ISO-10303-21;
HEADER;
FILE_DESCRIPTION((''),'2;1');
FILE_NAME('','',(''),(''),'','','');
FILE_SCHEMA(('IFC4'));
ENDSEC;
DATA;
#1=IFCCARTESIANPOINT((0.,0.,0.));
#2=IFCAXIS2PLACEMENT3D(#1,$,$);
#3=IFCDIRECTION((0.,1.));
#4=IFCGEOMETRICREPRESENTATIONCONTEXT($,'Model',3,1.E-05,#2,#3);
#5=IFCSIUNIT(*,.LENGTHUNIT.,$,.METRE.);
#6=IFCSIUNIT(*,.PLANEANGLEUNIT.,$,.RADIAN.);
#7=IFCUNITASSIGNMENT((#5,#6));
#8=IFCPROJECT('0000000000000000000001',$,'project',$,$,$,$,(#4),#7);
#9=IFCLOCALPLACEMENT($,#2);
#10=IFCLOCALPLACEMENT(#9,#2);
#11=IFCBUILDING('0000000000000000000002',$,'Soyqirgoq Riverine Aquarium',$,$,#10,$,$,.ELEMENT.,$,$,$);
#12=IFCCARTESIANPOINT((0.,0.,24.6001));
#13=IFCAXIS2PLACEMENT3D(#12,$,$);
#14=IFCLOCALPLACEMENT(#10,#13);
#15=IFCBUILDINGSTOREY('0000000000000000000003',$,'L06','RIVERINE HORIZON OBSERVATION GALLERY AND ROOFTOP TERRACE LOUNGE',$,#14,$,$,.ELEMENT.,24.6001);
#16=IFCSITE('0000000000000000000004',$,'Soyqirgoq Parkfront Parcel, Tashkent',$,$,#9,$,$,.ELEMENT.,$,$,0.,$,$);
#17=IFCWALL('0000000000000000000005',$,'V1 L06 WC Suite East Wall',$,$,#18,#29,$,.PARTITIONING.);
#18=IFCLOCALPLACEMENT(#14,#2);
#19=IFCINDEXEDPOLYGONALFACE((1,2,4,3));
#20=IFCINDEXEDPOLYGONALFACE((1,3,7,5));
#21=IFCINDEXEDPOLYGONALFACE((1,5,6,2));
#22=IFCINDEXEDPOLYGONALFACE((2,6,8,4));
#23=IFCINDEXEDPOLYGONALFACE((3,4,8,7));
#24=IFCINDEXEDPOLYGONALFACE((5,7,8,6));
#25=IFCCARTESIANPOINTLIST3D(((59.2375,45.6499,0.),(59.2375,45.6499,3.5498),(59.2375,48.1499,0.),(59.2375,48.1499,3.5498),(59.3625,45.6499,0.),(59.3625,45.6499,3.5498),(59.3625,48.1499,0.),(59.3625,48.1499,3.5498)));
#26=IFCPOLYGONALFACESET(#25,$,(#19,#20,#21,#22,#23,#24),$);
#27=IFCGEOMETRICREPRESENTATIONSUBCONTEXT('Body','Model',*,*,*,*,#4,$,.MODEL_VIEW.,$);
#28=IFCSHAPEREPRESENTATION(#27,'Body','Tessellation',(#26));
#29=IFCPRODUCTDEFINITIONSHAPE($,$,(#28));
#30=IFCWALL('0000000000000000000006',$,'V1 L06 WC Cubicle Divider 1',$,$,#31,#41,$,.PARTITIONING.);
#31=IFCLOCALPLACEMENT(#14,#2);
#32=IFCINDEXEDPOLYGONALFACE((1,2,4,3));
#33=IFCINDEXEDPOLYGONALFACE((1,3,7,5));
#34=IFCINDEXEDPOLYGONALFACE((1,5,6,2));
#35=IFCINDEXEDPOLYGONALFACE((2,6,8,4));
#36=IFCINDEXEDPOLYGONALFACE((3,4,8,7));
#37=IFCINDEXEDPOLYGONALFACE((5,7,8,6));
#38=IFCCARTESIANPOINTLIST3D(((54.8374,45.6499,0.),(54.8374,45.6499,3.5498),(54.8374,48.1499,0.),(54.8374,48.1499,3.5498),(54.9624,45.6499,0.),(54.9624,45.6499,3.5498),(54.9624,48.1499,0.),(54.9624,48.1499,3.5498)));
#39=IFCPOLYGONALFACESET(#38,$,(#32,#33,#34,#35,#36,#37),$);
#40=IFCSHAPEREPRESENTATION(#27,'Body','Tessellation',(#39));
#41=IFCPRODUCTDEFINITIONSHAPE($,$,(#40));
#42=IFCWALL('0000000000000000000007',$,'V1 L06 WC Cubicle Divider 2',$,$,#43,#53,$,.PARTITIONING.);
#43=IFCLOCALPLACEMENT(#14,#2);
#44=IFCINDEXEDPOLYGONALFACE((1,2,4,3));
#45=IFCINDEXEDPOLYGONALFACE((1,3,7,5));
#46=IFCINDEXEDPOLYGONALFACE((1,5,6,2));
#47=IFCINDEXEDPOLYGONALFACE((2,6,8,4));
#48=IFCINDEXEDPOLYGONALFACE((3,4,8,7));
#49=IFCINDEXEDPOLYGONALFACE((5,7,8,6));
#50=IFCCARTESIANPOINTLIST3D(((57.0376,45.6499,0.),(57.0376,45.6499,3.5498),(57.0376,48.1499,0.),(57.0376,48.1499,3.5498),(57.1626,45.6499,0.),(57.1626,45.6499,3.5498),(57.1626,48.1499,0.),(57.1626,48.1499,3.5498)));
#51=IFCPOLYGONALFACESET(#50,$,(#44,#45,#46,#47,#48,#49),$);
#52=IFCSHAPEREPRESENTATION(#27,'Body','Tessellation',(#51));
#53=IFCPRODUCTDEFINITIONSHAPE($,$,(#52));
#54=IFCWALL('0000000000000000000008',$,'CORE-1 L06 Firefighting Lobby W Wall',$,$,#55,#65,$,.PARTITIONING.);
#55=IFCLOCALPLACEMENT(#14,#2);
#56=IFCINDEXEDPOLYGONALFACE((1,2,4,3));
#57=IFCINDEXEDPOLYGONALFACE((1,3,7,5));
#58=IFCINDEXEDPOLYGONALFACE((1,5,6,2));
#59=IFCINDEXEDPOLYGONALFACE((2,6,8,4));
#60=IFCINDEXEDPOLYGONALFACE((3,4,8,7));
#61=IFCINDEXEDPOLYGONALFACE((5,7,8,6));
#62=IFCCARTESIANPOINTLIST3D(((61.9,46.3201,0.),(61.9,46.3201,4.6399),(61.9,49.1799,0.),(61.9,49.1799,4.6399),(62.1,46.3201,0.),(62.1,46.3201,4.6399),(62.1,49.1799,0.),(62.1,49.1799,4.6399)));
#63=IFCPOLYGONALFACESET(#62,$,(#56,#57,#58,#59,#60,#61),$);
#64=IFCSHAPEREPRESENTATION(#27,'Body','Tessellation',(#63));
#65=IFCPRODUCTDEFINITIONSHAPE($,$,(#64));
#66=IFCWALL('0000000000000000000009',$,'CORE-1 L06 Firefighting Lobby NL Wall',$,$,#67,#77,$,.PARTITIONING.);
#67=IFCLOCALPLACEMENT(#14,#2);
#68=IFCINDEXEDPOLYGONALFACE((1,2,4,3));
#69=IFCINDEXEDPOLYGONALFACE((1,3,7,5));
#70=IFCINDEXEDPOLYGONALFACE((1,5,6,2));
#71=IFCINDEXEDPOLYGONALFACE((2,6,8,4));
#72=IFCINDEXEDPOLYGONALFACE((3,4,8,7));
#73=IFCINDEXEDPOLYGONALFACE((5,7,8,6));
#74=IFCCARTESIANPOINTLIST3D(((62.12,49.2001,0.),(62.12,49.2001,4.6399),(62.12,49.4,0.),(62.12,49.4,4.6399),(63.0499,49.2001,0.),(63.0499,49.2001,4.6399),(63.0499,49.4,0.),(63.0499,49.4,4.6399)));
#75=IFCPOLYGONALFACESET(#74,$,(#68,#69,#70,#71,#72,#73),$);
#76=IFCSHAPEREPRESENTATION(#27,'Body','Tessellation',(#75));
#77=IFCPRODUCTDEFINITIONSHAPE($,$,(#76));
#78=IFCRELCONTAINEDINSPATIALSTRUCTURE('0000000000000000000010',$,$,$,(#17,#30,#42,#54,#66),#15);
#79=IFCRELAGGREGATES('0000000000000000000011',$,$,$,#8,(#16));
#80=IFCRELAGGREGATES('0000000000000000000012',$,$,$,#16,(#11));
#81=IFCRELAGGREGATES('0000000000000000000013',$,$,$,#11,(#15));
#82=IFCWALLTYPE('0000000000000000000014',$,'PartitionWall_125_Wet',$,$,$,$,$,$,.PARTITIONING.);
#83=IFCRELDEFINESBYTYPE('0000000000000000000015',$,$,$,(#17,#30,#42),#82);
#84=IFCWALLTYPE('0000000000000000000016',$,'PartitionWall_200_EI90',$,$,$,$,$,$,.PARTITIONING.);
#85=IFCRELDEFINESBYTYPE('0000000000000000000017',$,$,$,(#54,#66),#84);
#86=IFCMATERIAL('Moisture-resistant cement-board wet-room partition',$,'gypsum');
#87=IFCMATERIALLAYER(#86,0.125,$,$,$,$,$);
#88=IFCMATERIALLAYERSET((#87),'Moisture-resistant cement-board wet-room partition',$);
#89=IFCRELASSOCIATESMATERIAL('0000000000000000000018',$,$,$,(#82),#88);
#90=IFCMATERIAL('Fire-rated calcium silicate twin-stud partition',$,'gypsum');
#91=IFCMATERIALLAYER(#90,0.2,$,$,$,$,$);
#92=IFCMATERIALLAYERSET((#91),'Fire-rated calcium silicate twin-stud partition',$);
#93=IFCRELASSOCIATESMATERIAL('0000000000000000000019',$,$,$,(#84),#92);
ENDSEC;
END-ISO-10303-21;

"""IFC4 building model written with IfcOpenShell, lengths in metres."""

from ifc_helpers import new_model, si_unit, direction, frame, frame_2d, origin, place, context, subcontext, project, spatial, rectangle, extrude, material, layer, layer_set, type_object, element, save


model = new_model("IFC4")

# Units and contexts
model_context = context("Model", 3, precision=1e-05, world=origin(), true_north=direction((0.0, 1.0)))
body_context = subcontext(model_context, "Body", "Model", "MODEL_VIEW")
ifc_project = project(units=[si_unit("LENGTHUNIT", "METRE"), si_unit("PLANEANGLEUNIT", "RADIAN")], contexts=[model_context])

# Site, building, storey
site_placement = place(None, origin())
site = spatial("IfcSite", under=ifc_project, at=site_placement, Name="Soyqirgoq Parkfront Parcel, Tashkent", CompositionType="ELEMENT", RefElevation=0.0)
building_placement = place(site_placement, origin())
building = spatial("IfcBuilding", under=site, at=building_placement, Name="Soyqirgoq Riverine Aquarium", CompositionType="ELEMENT")
storey_placement = place(building_placement, frame((0.0, 0.0, 24.6001)))
storey = spatial("IfcBuildingStorey", under=building, at=storey_placement, Name="L06", Description="RIVERINE HORIZON OBSERVATION GALLERY AND ROOFTOP TERRACE LOUNGE", CompositionType="ELEMENT", Elevation=24.6001)

# Walls
ifc_material_1 = material(Name="Moisture-resistant cement-board wet-room partition", Category="gypsum")
ifc_layer_1 = layer(ifc_material_1, 0.125)
ifc_layer_set_1 = layer_set([ifc_layer_1], Name="Moisture-resistant cement-board wet-room partition")
wall_type_1 = type_object("IfcWallType", Name="PartitionWall_125_Wet", PredefinedType="PARTITIONING", material=ifc_layer_set_1)
for number, where, z_axis, x_axis, name in (
    (1, (59.3, 45.6499, 0.0), (0.0, 0.0, 1.0), (0.0, 1.0, 0.0), "V1 L06 WC Suite East Wall"),
    (2, (54.8999, 45.6499, 0.0), (0.0, 0.0, 1.0), (0.0, 1.0, 0.0), "V1 L06 WC Cubicle Divider 1"),
    (3, (57.1001, 45.6499, 0.0), (0.0, 0.0, 1.0), (0.0, 1.0, 0.0), "V1 L06 WC Cubicle Divider 2"),
):
    element("IfcWall", number, at=place(storey_placement, frame(where, z_axis=z_axis, x_axis=x_axis)), inside=storey, type_object=wall_type_1, Name=name, PredefinedType="PARTITIONING", context=body_context, shape_type="SweptSolid", body=[
        extrude(rectangle(XDim=2.5, YDim=0.125, at=frame_2d((1.25, 0.0))), origin(), (0.0, 0.0, 1.0), 3.5498),
    ])

# Shared definitions
ifc_material_2 = material(Name="Fire-rated calcium silicate twin-stud partition", Category="gypsum")
ifc_layer_2 = layer(ifc_material_2, 0.2)
ifc_layer_set_2 = layer_set([ifc_layer_2], Name="Fire-rated calcium silicate twin-stud partition")
wall_type_2 = type_object("IfcWallType", Name="PartitionWall_200_EI90", PredefinedType="PARTITIONING", material=ifc_layer_set_2)

# Walls
wall_1_placement = place(storey_placement, frame((62.0, 46.3201, 0.0), z_axis=(0.0, 0.0, 1.0), x_axis=(0.0, 1.0, 0.0)))
element("IfcWall", 4, at=wall_1_placement, inside=storey, type_object=wall_type_2, Name="CORE-1 L06 Firefighting Lobby W Wall", PredefinedType="PARTITIONING", context=body_context, shape_type="SweptSolid", body=[
    extrude(rectangle(XDim=2.8599, YDim=0.2, at=frame_2d((1.4299, 0.0))), origin(), (0.0, 0.0, 1.0), 4.6399),
])
wall_2_placement = place(storey_placement, frame((62.1201, 49.3, 0.0), z_axis=(0.0, 0.0, 1.0), x_axis=(1.0, 0.0, 0.0)))
element("IfcWall", 5, at=wall_2_placement, inside=storey, type_object=wall_type_2, Name="CORE-1 L06 Firefighting Lobby NL Wall", PredefinedType="PARTITIONING", context=body_context, shape_type="SweptSolid", body=[
    extrude(rectangle(XDim=0.9299, YDim=0.2, at=frame_2d((0.4648, 0.0))), origin(), (0.0, 0.0, 1.0), 4.6399),
])

save(model, "model.ifc")
